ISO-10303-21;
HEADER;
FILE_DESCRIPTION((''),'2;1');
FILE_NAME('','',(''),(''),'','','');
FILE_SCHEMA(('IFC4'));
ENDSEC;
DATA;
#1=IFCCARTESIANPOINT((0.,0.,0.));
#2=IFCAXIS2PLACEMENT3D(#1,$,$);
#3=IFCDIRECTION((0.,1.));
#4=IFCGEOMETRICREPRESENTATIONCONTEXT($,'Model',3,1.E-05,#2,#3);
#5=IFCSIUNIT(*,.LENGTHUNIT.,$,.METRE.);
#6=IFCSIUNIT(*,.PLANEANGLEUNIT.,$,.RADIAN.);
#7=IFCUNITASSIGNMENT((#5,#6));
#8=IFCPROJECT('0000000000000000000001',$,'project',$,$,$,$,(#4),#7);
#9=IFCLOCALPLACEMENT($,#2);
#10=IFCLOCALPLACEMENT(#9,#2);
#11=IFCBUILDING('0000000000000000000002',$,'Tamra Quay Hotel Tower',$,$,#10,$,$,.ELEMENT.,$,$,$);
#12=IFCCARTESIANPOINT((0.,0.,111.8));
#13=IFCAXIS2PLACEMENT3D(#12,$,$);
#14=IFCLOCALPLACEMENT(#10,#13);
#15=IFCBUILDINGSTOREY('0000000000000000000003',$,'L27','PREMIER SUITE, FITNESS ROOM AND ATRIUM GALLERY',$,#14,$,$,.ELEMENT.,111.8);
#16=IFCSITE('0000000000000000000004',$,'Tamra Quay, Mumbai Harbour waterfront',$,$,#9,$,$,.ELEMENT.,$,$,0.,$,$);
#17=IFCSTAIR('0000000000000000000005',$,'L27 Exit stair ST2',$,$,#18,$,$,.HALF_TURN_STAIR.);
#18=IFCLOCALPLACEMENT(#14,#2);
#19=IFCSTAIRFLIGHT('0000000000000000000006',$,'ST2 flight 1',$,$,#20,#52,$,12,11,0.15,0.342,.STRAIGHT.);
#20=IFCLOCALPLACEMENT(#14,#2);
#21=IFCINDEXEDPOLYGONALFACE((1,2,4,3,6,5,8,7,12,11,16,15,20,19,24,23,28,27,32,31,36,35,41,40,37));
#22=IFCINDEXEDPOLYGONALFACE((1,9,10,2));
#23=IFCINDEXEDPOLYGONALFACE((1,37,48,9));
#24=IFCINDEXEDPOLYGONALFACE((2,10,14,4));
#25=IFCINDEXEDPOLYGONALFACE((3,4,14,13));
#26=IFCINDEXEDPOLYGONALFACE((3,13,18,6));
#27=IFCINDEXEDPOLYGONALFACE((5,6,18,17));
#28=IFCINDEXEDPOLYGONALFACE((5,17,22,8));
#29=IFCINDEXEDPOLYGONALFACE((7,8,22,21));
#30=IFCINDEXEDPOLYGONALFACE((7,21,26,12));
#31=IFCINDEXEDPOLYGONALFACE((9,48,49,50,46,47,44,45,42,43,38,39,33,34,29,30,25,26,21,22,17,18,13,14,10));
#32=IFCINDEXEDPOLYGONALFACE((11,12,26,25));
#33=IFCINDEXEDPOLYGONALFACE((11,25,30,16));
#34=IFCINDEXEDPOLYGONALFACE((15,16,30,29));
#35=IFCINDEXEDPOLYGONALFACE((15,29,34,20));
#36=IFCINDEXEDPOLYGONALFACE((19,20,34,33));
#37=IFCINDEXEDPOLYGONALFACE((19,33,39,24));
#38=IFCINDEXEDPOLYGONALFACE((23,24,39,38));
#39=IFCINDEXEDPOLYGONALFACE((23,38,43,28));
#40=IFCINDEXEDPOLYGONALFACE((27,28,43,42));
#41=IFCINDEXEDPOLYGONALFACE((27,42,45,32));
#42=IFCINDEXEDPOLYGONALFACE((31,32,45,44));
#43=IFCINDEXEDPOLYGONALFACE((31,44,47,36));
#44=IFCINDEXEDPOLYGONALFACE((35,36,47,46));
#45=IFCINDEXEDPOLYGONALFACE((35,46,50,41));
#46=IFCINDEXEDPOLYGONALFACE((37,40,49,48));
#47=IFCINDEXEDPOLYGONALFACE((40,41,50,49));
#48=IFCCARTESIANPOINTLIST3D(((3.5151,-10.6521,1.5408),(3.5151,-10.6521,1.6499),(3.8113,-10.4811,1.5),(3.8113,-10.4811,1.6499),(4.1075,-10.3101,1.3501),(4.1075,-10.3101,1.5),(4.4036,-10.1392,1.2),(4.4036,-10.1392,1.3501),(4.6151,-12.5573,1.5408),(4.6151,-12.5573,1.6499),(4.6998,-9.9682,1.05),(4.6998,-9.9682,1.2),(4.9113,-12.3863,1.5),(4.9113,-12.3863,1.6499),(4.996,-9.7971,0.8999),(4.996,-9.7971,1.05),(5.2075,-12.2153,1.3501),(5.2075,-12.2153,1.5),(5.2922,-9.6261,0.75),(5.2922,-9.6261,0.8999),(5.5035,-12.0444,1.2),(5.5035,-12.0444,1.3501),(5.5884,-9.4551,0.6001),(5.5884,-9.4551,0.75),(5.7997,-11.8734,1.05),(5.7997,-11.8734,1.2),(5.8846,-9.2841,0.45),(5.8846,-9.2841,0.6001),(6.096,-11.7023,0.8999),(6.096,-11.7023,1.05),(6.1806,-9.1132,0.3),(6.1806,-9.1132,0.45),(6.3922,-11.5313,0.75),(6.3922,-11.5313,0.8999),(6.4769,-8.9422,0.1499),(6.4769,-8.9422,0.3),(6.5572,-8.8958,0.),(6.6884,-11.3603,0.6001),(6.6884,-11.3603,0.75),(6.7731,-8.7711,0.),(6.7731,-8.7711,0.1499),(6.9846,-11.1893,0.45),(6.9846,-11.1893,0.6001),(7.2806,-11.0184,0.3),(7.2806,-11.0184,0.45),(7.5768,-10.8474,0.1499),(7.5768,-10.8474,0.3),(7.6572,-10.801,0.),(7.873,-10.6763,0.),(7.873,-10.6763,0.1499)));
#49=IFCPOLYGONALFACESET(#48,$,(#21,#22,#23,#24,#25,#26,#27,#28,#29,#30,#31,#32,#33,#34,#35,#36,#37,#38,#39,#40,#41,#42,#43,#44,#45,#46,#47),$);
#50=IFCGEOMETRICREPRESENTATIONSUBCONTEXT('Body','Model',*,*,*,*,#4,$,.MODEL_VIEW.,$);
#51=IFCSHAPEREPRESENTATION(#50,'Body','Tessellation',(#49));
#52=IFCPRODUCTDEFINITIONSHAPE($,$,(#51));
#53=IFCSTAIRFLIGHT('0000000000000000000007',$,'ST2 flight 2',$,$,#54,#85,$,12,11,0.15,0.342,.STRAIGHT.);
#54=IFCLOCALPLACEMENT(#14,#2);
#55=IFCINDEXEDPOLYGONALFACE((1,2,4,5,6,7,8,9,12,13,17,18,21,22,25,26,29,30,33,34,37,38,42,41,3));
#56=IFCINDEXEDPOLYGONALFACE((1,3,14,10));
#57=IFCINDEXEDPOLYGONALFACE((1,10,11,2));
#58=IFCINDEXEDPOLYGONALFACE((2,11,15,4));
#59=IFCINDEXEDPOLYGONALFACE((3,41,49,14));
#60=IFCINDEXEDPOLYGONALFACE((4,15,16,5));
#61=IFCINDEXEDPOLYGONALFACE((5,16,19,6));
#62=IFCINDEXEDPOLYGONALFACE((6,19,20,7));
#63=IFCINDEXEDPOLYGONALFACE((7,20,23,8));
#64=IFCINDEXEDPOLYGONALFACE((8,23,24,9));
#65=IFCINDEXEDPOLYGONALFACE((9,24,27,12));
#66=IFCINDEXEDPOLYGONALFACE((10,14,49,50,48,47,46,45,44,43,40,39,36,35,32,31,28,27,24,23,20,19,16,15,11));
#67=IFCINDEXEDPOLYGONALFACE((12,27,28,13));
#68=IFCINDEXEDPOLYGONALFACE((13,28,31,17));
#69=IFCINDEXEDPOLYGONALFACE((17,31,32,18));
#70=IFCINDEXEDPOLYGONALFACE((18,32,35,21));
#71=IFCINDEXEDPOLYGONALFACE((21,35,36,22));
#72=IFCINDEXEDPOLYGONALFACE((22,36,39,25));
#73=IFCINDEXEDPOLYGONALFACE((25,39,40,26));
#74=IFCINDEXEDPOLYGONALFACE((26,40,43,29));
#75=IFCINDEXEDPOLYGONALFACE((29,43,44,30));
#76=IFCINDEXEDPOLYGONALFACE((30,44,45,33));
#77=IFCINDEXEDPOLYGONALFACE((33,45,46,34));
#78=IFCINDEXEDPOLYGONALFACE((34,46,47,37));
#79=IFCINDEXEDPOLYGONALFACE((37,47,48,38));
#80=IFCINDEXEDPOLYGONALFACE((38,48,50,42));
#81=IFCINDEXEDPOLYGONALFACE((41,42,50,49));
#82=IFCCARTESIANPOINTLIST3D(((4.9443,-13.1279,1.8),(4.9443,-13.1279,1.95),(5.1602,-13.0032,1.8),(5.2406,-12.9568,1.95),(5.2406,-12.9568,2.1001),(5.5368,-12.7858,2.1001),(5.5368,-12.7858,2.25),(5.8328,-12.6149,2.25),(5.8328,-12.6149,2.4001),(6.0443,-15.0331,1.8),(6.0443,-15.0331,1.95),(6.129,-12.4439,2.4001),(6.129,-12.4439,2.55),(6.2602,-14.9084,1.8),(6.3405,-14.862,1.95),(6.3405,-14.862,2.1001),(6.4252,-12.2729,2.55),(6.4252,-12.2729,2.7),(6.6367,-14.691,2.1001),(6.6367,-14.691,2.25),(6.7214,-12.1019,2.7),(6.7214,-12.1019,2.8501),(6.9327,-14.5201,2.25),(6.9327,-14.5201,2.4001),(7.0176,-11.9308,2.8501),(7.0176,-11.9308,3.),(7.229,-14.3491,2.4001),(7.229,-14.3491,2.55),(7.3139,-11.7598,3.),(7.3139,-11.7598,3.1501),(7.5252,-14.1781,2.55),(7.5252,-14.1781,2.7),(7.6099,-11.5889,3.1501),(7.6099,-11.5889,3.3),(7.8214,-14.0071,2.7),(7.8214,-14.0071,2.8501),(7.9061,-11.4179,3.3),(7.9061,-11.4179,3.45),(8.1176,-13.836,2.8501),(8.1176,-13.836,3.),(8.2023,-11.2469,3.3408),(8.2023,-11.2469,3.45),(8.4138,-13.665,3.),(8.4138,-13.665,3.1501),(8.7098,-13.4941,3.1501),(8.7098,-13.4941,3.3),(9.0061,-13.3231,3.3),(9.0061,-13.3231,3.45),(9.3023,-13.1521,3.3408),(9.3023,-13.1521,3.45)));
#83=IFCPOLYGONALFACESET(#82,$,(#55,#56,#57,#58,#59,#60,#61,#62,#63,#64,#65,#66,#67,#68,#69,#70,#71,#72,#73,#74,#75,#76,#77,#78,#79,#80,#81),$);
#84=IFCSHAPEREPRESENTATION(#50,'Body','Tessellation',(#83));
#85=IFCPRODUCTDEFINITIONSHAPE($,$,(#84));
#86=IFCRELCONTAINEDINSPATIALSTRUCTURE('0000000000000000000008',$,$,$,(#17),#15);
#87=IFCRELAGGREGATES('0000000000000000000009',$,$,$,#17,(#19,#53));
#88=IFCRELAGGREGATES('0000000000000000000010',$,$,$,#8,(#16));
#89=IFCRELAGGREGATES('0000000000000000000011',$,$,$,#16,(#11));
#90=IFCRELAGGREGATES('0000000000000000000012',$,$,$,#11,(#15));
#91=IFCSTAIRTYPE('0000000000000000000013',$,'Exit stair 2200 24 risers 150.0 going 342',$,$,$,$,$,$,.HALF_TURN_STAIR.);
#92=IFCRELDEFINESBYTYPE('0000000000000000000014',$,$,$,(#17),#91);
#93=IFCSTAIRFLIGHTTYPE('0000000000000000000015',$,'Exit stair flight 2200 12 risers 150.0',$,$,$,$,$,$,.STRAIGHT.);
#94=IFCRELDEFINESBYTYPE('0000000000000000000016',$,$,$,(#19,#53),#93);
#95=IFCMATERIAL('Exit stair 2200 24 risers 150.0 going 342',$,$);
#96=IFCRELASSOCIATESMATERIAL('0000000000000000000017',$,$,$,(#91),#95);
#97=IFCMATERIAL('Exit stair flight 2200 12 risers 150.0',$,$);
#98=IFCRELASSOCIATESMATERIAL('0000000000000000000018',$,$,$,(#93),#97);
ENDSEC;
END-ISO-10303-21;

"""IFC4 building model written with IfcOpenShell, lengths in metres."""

from ifc_helpers import new_model, si_unit, direction, frame, origin, place, context, subcontext, project, spatial, polyline, outline, extrude, material, type_object, element, aggregate, save


model = new_model("IFC4")

# Units and contexts
model_context = context("Model", 3, precision=1e-05, world=origin(), true_north=direction((0.0, 1.0)))
body_context = subcontext(model_context, "Body", "Model", "MODEL_VIEW")
ifc_project = project(units=[si_unit("LENGTHUNIT", "METRE"), si_unit("PLANEANGLEUNIT", "RADIAN")], contexts=[model_context])

# Site, building, storey
site_placement = place(None, origin())
site = spatial("IfcSite", under=ifc_project, at=site_placement, Name="Tamra Quay, Mumbai Harbour waterfront", CompositionType="ELEMENT", RefElevation=0.0)
building_placement = place(site_placement, origin())
building = spatial("IfcBuilding", under=site, at=building_placement, Name="Tamra Quay Hotel Tower", CompositionType="ELEMENT")
storey_placement = place(building_placement, frame((0.0, 0.0, 111.8)))
storey = spatial("IfcBuildingStorey", under=building, at=storey_placement, Name="L27", Description="PREMIER SUITE, FITNESS ROOM AND ATRIUM GALLERY", CompositionType="ELEMENT", Elevation=111.8)

# Stair, stair flights
ifc_material_1 = material(Name="Exit stair 2200 24 risers 150.0 going 342")
stair_type = type_object("IfcStairType", Name="Exit stair 2200 24 risers 150.0 going 342", PredefinedType="HALF_TURN_STAIR", material=ifc_material_1)
stair_placement = place(storey_placement, origin())
stair = element("IfcStair", 1, at=stair_placement, inside=storey, type_object=stair_type, Name="L27 Exit stair ST2", PredefinedType="HALF_TURN_STAIR")
ifc_material_2 = material(Name="Exit stair flight 2200 12 risers 150.0")
stair_flight_type = type_object("IfcStairFlightType", Name="Exit stair flight 2200 12 risers 150.0", PredefinedType="STRAIGHT", material=ifc_material_2)
stair_flight_1_placement = place(storey_placement, frame((7.323, -9.7236, 0.0), z_axis=(0.0, 0.0, 1.0), x_axis=(-0.866025, -0.5, 0.0)))
stair_flight_1 = element("IfcStairFlight", 2, at=stair_flight_1_placement, type_object=stair_flight_type, Name="ST2 flight 1", NumberOfRisers=12, NumberOfTreads=11, PredefinedType="STRAIGHT", RiserHeight=0.15, TreadLength=0.342, context=body_context, shape_type="SweptSolid", body=[
    extrude(outline(polyline([(0.0, 0.0), (0.0, 0.1499), (0.342, 0.1499), (0.342, 0.3), (0.6841, 0.3), (0.6841, 0.45), (1.0259, 0.45), (1.0259, 0.6001), (1.3679, 0.6001), (1.3679, 0.75), (1.71, 0.75), (1.71, 0.8999), (2.052, 0.8999), (2.052, 1.05), (2.394, 1.05), (2.394, 1.2), (2.7361, 1.2), (2.7361, 1.3501), (3.0779, 1.3501), (3.0779, 1.5), (3.4199, 1.5), (3.4199, 1.6499), (3.762, 1.6499), (3.762, 1.8), (3.762, 1.5408), (0.2493, 0.0), (0.0, 0.0)])), frame((0.0, 1.1001, 0.0), z_axis=(0.0, -1.0, 0.0), x_axis=(1.0, 0.0, 0.0)), (0.0, 0.0, 1.0), 2.2),
])
stair_flight_2_placement = place(storey_placement, frame((5.4944, -14.0806, 1.8), z_axis=(0.0, 0.0, 1.0), x_axis=(0.866025, 0.5, 0.0)))
stair_flight_2 = element("IfcStairFlight", 3, at=stair_flight_2_placement, type_object=stair_flight_type, Name="ST2 flight 2", NumberOfRisers=12, NumberOfTreads=11, PredefinedType="STRAIGHT", RiserHeight=0.15, TreadLength=0.342, context=body_context, shape_type="SweptSolid", body=[
    extrude(outline(polyline([(0.0, 0.0), (0.0, 0.1499), (0.342, 0.1499), (0.342, 0.3), (0.6841, 0.3), (0.6841, 0.45), (1.0259, 0.45), (1.0259, 0.6001), (1.3679, 0.6001), (1.3679, 0.75), (1.71, 0.75), (1.71, 0.8999), (2.052, 0.8999), (2.052, 1.05), (2.394, 1.05), (2.394, 1.2), (2.7361, 1.2), (2.7361, 1.3501), (3.0779, 1.3501), (3.0779, 1.5), (3.4199, 1.5), (3.4199, 1.6499), (3.762, 1.6499), (3.762, 1.8), (3.762, 1.5408), (0.2493, 0.0), (0.0, 0.0)])), frame((0.0, 1.1001, 0.0), z_axis=(0.0, -1.0, 0.0), x_axis=(1.0, 0.0, 0.0)), (0.0, 0.0, 1.0), 2.2),
])
aggregate(stair, [stair_flight_1, stair_flight_2])

save(model, "model.ifc")
